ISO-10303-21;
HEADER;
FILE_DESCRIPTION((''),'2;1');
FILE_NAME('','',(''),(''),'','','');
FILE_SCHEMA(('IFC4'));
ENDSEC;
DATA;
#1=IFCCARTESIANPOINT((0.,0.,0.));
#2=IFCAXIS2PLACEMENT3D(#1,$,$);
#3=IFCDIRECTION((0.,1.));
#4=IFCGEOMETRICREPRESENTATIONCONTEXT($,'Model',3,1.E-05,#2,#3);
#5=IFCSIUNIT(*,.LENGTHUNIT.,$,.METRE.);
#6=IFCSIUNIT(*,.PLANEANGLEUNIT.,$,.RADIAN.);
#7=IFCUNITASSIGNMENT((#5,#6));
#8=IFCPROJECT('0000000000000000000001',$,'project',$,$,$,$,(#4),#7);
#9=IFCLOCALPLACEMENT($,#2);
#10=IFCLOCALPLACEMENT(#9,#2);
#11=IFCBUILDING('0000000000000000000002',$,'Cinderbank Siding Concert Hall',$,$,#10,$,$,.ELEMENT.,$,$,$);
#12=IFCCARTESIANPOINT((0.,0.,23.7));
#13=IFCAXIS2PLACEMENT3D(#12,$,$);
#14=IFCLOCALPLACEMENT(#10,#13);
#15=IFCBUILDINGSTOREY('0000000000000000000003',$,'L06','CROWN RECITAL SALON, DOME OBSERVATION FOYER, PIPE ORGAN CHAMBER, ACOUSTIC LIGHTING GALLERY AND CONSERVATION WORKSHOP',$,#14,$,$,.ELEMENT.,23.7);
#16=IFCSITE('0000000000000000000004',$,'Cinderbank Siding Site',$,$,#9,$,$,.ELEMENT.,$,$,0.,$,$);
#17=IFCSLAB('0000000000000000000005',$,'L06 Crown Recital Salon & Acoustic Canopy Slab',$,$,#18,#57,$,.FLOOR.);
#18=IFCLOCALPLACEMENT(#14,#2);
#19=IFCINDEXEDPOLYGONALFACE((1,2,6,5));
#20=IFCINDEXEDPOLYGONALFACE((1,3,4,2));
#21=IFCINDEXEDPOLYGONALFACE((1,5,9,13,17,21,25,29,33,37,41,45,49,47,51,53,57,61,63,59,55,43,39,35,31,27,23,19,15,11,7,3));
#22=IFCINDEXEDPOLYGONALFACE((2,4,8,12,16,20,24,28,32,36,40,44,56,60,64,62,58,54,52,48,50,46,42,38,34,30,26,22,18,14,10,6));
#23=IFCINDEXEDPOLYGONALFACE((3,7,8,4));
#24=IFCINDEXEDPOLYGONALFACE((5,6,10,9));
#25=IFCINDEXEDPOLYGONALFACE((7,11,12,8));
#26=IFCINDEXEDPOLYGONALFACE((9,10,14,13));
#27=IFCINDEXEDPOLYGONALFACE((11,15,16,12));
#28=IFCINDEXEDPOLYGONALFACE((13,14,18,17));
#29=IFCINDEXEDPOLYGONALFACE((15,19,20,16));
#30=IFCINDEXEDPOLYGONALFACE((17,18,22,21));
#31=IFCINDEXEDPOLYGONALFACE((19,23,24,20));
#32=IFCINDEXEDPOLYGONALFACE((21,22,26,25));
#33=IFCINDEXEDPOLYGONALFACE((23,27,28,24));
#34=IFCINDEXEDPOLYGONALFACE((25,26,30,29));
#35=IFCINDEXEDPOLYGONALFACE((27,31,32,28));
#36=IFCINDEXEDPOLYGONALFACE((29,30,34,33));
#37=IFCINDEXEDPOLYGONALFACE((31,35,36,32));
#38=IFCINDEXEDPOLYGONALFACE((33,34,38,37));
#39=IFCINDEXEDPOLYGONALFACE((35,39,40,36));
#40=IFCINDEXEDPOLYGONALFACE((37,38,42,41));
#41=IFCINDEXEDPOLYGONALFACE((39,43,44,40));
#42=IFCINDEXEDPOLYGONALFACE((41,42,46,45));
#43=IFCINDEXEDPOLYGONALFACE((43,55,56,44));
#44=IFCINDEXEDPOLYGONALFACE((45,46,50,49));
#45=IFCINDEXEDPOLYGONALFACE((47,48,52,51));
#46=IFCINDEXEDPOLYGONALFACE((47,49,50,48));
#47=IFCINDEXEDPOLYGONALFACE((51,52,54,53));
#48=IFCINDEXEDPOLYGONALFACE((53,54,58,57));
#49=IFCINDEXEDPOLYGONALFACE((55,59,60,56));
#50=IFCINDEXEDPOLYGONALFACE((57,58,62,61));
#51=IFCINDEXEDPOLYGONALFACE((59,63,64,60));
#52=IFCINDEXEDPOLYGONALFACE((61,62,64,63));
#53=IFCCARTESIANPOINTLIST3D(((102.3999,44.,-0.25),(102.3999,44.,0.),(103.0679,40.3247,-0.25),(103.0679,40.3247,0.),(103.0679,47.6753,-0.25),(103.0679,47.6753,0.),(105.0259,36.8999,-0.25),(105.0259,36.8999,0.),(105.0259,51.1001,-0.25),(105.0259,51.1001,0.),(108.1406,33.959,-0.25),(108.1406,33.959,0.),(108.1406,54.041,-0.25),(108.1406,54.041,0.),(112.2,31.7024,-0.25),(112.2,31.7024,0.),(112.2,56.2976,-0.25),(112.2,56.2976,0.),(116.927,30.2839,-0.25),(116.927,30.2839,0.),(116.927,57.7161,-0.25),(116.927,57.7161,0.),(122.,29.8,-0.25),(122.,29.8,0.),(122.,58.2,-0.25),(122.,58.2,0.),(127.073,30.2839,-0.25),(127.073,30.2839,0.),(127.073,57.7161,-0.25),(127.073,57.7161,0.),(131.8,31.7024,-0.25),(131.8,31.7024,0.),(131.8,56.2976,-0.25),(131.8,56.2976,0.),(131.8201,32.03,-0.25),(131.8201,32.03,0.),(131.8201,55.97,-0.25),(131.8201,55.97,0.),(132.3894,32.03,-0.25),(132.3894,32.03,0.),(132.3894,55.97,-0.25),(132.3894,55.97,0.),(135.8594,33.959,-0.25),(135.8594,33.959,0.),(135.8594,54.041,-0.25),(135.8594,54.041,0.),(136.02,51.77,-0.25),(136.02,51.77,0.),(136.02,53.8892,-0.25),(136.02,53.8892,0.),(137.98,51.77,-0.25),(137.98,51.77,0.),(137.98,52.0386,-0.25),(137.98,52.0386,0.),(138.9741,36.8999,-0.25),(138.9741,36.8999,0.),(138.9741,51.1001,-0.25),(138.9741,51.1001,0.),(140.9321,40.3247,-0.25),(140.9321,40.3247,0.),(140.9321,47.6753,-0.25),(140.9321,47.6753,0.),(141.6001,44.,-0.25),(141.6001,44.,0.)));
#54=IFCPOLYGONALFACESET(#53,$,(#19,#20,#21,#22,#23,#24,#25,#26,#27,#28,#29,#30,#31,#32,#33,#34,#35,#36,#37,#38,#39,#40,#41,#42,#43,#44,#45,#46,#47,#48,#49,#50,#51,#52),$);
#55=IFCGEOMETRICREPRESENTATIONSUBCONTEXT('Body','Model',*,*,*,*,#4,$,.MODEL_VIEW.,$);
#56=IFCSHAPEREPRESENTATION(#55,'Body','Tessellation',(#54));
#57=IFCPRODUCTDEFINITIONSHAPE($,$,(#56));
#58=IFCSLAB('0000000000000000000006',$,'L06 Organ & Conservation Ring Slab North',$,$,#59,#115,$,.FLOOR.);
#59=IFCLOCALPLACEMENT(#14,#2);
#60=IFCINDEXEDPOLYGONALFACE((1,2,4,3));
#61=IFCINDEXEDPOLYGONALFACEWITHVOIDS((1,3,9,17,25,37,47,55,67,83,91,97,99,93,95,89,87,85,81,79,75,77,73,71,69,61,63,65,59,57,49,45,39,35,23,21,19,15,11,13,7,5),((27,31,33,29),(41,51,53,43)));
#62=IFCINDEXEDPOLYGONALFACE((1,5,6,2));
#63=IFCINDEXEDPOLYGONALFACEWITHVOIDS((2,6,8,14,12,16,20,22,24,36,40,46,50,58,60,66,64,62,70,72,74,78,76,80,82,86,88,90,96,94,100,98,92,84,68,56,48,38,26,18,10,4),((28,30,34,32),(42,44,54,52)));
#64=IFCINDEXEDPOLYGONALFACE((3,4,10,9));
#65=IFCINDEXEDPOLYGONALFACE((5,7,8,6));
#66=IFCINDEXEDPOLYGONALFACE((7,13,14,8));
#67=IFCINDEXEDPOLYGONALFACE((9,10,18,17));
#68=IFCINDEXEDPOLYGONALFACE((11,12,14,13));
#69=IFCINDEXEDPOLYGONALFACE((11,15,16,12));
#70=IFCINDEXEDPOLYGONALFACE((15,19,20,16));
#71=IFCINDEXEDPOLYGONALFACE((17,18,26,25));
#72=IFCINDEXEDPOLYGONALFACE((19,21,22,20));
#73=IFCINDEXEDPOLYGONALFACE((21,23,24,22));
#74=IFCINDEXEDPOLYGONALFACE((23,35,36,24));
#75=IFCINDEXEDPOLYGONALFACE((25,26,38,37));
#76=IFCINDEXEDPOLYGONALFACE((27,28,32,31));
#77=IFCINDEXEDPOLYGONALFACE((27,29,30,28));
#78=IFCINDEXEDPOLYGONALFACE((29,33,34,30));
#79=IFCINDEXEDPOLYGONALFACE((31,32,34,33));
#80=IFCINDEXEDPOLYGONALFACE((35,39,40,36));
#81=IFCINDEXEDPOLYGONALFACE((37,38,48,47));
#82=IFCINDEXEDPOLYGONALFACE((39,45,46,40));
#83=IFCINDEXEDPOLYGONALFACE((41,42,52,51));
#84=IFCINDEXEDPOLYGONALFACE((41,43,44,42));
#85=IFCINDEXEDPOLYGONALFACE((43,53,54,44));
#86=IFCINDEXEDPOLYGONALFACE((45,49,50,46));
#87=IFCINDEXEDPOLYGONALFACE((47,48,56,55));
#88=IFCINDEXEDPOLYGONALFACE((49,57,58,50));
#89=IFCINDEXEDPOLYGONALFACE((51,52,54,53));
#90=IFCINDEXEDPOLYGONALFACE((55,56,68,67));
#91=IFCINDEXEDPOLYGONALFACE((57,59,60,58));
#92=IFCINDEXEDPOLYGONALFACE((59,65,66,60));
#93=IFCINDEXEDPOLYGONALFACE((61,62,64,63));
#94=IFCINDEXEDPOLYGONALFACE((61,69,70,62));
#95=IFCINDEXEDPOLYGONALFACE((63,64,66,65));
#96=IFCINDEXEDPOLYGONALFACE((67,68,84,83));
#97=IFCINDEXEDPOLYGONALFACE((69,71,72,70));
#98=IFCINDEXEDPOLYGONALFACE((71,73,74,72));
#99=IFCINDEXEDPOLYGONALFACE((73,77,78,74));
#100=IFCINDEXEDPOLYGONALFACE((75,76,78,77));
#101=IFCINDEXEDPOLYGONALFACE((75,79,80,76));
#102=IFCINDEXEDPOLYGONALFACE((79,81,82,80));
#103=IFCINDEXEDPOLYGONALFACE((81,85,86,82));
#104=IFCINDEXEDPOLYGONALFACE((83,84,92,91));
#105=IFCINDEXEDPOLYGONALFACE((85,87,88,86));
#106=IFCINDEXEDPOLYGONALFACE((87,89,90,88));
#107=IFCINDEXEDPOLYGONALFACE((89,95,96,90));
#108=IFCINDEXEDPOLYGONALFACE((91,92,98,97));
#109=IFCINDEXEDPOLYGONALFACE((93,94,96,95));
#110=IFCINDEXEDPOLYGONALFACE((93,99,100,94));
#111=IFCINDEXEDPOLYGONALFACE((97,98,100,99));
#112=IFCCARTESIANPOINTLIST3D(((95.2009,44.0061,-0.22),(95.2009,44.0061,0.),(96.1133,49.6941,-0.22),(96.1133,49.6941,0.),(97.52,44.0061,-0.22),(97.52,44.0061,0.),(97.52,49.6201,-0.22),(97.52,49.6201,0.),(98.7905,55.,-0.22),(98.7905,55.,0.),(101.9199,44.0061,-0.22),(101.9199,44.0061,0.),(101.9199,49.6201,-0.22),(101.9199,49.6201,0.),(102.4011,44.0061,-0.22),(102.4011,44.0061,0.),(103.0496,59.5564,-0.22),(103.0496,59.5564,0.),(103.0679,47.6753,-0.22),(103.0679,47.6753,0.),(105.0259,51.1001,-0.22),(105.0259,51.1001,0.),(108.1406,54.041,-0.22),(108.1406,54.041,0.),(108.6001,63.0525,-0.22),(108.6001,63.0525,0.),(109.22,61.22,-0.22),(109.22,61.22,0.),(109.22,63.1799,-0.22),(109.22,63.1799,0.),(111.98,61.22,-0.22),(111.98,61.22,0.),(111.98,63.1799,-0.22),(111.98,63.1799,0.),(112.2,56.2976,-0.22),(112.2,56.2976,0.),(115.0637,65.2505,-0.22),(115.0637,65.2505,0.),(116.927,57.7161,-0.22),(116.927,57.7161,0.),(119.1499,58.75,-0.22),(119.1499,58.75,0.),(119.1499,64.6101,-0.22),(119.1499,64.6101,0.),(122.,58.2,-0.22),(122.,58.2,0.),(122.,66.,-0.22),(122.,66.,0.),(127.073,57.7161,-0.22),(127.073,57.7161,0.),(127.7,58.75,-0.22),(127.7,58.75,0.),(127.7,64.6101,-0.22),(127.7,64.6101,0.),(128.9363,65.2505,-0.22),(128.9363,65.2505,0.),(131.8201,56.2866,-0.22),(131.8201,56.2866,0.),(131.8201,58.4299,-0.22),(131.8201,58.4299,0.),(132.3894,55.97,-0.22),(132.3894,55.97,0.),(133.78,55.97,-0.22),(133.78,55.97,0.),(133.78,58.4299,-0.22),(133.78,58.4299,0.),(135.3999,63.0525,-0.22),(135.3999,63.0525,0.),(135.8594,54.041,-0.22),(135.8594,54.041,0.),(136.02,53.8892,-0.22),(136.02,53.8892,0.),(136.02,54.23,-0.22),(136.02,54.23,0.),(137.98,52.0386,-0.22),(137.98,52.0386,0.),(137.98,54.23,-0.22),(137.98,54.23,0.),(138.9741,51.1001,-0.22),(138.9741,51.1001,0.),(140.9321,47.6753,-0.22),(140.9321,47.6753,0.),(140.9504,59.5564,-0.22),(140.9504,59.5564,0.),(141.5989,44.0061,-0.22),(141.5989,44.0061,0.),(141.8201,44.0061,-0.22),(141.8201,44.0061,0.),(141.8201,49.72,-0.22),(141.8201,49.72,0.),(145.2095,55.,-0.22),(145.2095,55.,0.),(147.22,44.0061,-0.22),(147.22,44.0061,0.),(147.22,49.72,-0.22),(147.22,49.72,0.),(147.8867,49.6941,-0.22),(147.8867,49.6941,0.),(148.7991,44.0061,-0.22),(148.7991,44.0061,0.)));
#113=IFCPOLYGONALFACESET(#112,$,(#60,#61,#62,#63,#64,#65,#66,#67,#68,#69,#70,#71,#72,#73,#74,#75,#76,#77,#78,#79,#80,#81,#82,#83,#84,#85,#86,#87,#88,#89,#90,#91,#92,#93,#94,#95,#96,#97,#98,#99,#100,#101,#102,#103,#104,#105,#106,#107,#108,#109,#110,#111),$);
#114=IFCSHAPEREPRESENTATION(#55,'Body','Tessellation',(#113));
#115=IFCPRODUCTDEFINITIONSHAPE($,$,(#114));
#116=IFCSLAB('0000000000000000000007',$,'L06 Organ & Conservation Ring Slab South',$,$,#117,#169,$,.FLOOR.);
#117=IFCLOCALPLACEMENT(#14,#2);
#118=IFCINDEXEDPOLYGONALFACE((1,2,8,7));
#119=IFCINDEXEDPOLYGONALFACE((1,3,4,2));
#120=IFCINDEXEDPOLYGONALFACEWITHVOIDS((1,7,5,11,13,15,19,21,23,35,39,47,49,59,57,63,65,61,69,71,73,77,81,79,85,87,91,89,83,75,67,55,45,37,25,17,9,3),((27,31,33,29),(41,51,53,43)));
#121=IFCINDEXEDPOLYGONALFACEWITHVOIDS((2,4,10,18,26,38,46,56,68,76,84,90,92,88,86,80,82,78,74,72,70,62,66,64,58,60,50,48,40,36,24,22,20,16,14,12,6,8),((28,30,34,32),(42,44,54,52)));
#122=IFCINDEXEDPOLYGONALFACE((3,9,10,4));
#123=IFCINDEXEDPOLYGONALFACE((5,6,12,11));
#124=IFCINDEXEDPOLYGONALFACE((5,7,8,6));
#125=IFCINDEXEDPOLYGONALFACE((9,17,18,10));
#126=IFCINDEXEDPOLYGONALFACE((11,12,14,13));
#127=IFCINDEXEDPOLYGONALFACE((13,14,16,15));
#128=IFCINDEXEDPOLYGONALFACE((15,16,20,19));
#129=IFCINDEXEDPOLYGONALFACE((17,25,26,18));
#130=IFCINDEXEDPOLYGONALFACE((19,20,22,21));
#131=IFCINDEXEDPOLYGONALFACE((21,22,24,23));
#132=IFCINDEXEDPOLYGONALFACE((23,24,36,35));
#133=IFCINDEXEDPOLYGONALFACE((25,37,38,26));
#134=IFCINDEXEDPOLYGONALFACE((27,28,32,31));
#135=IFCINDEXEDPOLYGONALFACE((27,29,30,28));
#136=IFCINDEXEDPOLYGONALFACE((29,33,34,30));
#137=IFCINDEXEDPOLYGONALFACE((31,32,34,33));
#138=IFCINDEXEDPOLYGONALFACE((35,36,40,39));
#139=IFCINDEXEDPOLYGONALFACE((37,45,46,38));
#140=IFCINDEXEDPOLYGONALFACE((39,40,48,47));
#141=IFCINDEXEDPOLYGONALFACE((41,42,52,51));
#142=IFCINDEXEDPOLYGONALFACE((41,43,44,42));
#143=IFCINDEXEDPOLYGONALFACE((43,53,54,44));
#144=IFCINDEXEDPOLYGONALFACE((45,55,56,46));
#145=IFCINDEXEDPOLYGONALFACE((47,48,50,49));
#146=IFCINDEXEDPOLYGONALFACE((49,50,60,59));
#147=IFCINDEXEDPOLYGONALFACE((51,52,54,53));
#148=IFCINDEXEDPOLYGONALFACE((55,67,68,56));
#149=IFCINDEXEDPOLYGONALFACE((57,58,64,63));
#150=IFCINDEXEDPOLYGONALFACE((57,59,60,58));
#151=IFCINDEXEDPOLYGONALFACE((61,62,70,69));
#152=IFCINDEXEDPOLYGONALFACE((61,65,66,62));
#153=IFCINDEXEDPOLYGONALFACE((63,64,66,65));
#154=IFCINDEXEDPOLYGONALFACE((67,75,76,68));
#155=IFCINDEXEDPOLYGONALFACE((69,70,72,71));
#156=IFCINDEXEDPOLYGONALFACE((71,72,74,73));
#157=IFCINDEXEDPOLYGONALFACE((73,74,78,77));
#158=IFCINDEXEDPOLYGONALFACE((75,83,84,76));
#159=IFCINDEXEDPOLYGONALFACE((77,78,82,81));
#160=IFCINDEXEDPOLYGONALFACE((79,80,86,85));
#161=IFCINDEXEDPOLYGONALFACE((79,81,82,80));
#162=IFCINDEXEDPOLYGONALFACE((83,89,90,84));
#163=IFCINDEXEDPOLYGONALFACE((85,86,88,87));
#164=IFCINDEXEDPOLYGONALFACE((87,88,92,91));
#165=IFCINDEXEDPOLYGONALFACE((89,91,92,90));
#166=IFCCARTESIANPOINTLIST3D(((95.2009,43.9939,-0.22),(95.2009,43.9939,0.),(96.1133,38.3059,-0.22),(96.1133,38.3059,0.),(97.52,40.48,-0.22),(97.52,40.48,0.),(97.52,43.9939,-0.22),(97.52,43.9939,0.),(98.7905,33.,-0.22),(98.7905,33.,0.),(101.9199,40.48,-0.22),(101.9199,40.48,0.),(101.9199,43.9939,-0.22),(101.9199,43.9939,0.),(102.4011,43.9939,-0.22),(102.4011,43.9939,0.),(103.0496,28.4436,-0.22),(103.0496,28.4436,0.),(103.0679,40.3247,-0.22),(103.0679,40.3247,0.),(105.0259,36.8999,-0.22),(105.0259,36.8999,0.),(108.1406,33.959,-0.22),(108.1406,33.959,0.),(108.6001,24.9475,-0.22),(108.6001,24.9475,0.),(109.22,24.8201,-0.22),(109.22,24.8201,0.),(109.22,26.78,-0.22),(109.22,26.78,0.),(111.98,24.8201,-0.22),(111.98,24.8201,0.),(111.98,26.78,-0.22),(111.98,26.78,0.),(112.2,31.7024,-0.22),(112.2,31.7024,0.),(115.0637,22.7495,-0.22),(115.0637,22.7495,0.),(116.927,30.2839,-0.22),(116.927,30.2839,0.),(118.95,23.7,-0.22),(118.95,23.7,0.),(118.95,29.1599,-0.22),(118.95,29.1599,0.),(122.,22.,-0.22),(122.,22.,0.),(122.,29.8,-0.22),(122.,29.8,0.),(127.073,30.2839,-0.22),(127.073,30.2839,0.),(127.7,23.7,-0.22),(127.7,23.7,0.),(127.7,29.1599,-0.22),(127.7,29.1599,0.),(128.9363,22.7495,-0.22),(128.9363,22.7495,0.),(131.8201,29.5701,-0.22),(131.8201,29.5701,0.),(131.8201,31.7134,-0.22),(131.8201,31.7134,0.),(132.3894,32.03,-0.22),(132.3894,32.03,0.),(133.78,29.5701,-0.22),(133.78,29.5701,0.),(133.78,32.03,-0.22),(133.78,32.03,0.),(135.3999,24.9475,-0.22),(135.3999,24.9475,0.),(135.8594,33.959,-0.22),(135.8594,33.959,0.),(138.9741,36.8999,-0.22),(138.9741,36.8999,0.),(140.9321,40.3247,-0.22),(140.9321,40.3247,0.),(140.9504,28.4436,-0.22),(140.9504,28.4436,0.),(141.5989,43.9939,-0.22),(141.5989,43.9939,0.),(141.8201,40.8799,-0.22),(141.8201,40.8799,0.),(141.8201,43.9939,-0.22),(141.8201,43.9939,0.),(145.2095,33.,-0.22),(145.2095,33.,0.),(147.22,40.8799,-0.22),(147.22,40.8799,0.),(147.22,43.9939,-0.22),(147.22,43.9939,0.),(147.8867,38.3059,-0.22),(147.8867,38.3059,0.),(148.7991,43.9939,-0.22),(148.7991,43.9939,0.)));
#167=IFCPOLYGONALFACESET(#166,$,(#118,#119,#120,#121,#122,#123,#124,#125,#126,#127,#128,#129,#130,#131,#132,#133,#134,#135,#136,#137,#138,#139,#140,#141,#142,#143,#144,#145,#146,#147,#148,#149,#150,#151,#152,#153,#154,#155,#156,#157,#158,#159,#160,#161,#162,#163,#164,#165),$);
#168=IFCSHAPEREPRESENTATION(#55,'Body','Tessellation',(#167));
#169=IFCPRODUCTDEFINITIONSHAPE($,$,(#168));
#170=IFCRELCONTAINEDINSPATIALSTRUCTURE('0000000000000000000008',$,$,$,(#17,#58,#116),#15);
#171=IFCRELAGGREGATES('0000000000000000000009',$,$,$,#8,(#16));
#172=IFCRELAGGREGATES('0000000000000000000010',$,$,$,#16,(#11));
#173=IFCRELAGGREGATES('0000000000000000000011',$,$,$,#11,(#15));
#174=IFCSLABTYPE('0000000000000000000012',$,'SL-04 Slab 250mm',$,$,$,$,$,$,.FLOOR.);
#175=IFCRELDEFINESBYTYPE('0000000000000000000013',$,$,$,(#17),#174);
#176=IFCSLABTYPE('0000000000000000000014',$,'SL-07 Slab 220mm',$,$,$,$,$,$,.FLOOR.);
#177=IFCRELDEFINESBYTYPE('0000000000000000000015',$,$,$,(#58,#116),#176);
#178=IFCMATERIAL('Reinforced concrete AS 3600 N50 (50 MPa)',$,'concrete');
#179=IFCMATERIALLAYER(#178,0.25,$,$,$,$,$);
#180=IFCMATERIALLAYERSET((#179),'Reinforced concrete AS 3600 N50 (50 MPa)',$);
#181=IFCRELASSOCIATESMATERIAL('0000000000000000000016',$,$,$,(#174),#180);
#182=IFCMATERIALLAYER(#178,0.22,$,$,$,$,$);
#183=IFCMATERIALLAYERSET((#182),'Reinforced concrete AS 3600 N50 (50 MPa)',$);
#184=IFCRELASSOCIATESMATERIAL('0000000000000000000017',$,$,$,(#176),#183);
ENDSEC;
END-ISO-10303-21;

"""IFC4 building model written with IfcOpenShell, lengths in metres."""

from ifc_helpers import new_model, si_unit, direction, frame, origin, place, context, subcontext, project, spatial, polyline, outline, extrude, material, layer, layer_set, type_object, element, save


model = new_model("IFC4")

# Units and contexts
model_context = context("Model", 3, precision=1e-05, world=origin(), true_north=direction((0.0, 1.0)))
body_context = subcontext(model_context, "Body", "Model", "MODEL_VIEW")
ifc_project = project(units=[si_unit("LENGTHUNIT", "METRE"), si_unit("PLANEANGLEUNIT", "RADIAN")], contexts=[model_context])

# Site, building, storey
site_placement = place(None, origin())
site = spatial("IfcSite", under=ifc_project, at=site_placement, Name="Cinderbank Siding Site", CompositionType="ELEMENT", RefElevation=0.0)
building_placement = place(site_placement, origin())
building = spatial("IfcBuilding", under=site, at=building_placement, Name="Cinderbank Siding Concert Hall", CompositionType="ELEMENT")
storey_placement = place(building_placement, frame((0.0, 0.0, 23.7)))
storey = spatial("IfcBuildingStorey", under=building, at=storey_placement, Name="L06", Description="CROWN RECITAL SALON, DOME OBSERVATION FOYER, PIPE ORGAN CHAMBER, ACOUSTIC LIGHTING GALLERY AND CONSERVATION WORKSHOP", CompositionType="ELEMENT", Elevation=23.7)

# Slabs
ifc_material_1 = material(Name="Reinforced concrete AS 3600 N50 (50 MPa)", Category="concrete")
ifc_layer_1 = layer(ifc_material_1, 0.25)
ifc_layer_set_1 = layer_set([ifc_layer_1], Name="Reinforced concrete AS 3600 N50 (50 MPa)")
slab_type_1 = type_object("IfcSlabType", Name="SL-04 Slab 250mm", PredefinedType="FLOOR", material=ifc_layer_set_1)
slab_1_placement = place(storey_placement, frame((0.0, 0.0, -0.25)))
element("IfcSlab", 1, at=slab_1_placement, inside=storey, type_object=slab_type_1, Name="L06 Crown Recital Salon & Acoustic Canopy Slab", PredefinedType="FLOOR", context=body_context, shape_type="SweptSolid", body=[
    extrude(outline(polyline([(135.8594, 33.959), (132.3894, 32.03), (131.8201, 32.03), (131.8, 31.7024), (127.073, 30.2839), (122.0, 29.8), (116.927, 30.2839), (112.2, 31.7024), (108.1406, 33.959), (105.0259, 36.8999), (103.0679, 40.3247), (102.3999, 44.0), (103.0679, 47.6753), (105.0259, 51.1001), (108.1406, 54.041), (112.2, 56.2976), (116.927, 57.7161), (122.0, 58.2), (127.073, 57.7161), (131.8, 56.2976), (131.8201, 55.97), (132.3894, 55.97), (135.8594, 54.041), (136.02, 53.8892), (136.02, 51.77), (137.98, 51.77), (137.98, 52.0386), (138.9741, 51.1001), (140.9321, 47.6753), (141.6001, 44.0), (140.9321, 40.3247), (138.9741, 36.8999), (135.8594, 33.959)])), origin(), (0.0, 0.0, 1.0), 0.25),
])
ifc_layer_2 = layer(ifc_material_1, 0.22)
ifc_layer_set_2 = layer_set([ifc_layer_2], Name="Reinforced concrete AS 3600 N50 (50 MPa)")
slab_type_2 = type_object("IfcSlabType", Name="SL-07 Slab 220mm", PredefinedType="FLOOR", material=ifc_layer_set_2)
slab_2_placement = place(storey_placement, frame((0.0, 0.0, -0.22)))
element("IfcSlab", 2, at=slab_2_placement, inside=storey, type_object=slab_type_2, Name="L06 Organ & Conservation Ring Slab North", PredefinedType="FLOOR", context=body_context, shape_type="SweptSolid", body=[
    extrude(outline(polyline([(122.0, 66.0), (128.9363, 65.2505), (135.3999, 63.0525), (140.9504, 59.5564), (145.2095, 55.0), (147.8867, 49.6941), (148.7991, 44.0061), (147.22, 44.0061), (147.22, 49.72), (141.8201, 49.72), (141.8201, 44.0061), (141.5989, 44.0061), (140.9321, 47.6753), (138.9741, 51.1001), (137.98, 52.0386), (137.98, 54.23), (136.02, 54.23), (136.02, 53.8892), (135.8594, 54.041), (132.3894, 55.97), (133.78, 55.97), (133.78, 58.4299), (131.8201, 58.4299), (131.8201, 56.2866), (127.073, 57.7161), (122.0, 58.2), (116.927, 57.7161), (112.2, 56.2976), (108.1406, 54.041), (105.0259, 51.1001), (103.0679, 47.6753), (102.4011, 44.0061), (101.9199, 44.0061), (101.9199, 49.6201), (97.52, 49.6201), (97.52, 44.0061), (95.2009, 44.0061), (96.1133, 49.6941), (98.7905, 55.0), (103.0496, 59.5564), (108.6001, 63.0525), (115.0637, 65.2505), (122.0, 66.0)]), holes=[polyline([(119.1499, 58.75), (127.7, 58.75), (127.7, 64.6101), (119.1499, 64.6101), (119.1499, 58.75)]), polyline([(111.98, 61.22), (111.98, 63.1799), (109.22, 63.1799), (109.22, 61.22), (111.98, 61.22)])]), origin(), (0.0, 0.0, 1.0), 0.22),
])
slab_3_placement = place(storey_placement, frame((0.0, 0.0, -0.22)))
element("IfcSlab", 3, at=slab_3_placement, inside=storey, type_object=slab_type_2, Name="L06 Organ & Conservation Ring Slab South", PredefinedType="FLOOR", context=body_context, shape_type="SweptSolid", body=[
    extrude(outline(polyline([(122.0, 22.0), (115.0637, 22.7495), (108.6001, 24.9475), (103.0496, 28.4436), (98.7905, 33.0), (96.1133, 38.3059), (95.2009, 43.9939), (97.52, 43.9939), (97.52, 40.48), (101.9199, 40.48), (101.9199, 43.9939), (102.4011, 43.9939), (103.0679, 40.3247), (105.0259, 36.8999), (108.1406, 33.959), (112.2, 31.7024), (116.927, 30.2839), (122.0, 29.8), (127.073, 30.2839), (131.8201, 31.7134), (131.8201, 29.5701), (133.78, 29.5701), (133.78, 32.03), (132.3894, 32.03), (135.8594, 33.959), (138.9741, 36.8999), (140.9321, 40.3247), (141.5989, 43.9939), (141.8201, 43.9939), (141.8201, 40.8799), (147.22, 40.8799), (147.22, 43.9939), (148.7991, 43.9939), (147.8867, 38.3059), (145.2095, 33.0), (140.9504, 28.4436), (135.3999, 24.9475), (128.9363, 22.7495), (122.0, 22.0)]), holes=[polyline([(118.95, 23.7), (127.7, 23.7), (127.7, 29.1599), (118.95, 29.1599), (118.95, 23.7)]), polyline([(111.98, 24.8201), (111.98, 26.78), (109.22, 26.78), (109.22, 24.8201), (111.98, 24.8201)])]), origin(), (0.0, 0.0, 1.0), 0.22),
])

save(model, "model.ifc")
